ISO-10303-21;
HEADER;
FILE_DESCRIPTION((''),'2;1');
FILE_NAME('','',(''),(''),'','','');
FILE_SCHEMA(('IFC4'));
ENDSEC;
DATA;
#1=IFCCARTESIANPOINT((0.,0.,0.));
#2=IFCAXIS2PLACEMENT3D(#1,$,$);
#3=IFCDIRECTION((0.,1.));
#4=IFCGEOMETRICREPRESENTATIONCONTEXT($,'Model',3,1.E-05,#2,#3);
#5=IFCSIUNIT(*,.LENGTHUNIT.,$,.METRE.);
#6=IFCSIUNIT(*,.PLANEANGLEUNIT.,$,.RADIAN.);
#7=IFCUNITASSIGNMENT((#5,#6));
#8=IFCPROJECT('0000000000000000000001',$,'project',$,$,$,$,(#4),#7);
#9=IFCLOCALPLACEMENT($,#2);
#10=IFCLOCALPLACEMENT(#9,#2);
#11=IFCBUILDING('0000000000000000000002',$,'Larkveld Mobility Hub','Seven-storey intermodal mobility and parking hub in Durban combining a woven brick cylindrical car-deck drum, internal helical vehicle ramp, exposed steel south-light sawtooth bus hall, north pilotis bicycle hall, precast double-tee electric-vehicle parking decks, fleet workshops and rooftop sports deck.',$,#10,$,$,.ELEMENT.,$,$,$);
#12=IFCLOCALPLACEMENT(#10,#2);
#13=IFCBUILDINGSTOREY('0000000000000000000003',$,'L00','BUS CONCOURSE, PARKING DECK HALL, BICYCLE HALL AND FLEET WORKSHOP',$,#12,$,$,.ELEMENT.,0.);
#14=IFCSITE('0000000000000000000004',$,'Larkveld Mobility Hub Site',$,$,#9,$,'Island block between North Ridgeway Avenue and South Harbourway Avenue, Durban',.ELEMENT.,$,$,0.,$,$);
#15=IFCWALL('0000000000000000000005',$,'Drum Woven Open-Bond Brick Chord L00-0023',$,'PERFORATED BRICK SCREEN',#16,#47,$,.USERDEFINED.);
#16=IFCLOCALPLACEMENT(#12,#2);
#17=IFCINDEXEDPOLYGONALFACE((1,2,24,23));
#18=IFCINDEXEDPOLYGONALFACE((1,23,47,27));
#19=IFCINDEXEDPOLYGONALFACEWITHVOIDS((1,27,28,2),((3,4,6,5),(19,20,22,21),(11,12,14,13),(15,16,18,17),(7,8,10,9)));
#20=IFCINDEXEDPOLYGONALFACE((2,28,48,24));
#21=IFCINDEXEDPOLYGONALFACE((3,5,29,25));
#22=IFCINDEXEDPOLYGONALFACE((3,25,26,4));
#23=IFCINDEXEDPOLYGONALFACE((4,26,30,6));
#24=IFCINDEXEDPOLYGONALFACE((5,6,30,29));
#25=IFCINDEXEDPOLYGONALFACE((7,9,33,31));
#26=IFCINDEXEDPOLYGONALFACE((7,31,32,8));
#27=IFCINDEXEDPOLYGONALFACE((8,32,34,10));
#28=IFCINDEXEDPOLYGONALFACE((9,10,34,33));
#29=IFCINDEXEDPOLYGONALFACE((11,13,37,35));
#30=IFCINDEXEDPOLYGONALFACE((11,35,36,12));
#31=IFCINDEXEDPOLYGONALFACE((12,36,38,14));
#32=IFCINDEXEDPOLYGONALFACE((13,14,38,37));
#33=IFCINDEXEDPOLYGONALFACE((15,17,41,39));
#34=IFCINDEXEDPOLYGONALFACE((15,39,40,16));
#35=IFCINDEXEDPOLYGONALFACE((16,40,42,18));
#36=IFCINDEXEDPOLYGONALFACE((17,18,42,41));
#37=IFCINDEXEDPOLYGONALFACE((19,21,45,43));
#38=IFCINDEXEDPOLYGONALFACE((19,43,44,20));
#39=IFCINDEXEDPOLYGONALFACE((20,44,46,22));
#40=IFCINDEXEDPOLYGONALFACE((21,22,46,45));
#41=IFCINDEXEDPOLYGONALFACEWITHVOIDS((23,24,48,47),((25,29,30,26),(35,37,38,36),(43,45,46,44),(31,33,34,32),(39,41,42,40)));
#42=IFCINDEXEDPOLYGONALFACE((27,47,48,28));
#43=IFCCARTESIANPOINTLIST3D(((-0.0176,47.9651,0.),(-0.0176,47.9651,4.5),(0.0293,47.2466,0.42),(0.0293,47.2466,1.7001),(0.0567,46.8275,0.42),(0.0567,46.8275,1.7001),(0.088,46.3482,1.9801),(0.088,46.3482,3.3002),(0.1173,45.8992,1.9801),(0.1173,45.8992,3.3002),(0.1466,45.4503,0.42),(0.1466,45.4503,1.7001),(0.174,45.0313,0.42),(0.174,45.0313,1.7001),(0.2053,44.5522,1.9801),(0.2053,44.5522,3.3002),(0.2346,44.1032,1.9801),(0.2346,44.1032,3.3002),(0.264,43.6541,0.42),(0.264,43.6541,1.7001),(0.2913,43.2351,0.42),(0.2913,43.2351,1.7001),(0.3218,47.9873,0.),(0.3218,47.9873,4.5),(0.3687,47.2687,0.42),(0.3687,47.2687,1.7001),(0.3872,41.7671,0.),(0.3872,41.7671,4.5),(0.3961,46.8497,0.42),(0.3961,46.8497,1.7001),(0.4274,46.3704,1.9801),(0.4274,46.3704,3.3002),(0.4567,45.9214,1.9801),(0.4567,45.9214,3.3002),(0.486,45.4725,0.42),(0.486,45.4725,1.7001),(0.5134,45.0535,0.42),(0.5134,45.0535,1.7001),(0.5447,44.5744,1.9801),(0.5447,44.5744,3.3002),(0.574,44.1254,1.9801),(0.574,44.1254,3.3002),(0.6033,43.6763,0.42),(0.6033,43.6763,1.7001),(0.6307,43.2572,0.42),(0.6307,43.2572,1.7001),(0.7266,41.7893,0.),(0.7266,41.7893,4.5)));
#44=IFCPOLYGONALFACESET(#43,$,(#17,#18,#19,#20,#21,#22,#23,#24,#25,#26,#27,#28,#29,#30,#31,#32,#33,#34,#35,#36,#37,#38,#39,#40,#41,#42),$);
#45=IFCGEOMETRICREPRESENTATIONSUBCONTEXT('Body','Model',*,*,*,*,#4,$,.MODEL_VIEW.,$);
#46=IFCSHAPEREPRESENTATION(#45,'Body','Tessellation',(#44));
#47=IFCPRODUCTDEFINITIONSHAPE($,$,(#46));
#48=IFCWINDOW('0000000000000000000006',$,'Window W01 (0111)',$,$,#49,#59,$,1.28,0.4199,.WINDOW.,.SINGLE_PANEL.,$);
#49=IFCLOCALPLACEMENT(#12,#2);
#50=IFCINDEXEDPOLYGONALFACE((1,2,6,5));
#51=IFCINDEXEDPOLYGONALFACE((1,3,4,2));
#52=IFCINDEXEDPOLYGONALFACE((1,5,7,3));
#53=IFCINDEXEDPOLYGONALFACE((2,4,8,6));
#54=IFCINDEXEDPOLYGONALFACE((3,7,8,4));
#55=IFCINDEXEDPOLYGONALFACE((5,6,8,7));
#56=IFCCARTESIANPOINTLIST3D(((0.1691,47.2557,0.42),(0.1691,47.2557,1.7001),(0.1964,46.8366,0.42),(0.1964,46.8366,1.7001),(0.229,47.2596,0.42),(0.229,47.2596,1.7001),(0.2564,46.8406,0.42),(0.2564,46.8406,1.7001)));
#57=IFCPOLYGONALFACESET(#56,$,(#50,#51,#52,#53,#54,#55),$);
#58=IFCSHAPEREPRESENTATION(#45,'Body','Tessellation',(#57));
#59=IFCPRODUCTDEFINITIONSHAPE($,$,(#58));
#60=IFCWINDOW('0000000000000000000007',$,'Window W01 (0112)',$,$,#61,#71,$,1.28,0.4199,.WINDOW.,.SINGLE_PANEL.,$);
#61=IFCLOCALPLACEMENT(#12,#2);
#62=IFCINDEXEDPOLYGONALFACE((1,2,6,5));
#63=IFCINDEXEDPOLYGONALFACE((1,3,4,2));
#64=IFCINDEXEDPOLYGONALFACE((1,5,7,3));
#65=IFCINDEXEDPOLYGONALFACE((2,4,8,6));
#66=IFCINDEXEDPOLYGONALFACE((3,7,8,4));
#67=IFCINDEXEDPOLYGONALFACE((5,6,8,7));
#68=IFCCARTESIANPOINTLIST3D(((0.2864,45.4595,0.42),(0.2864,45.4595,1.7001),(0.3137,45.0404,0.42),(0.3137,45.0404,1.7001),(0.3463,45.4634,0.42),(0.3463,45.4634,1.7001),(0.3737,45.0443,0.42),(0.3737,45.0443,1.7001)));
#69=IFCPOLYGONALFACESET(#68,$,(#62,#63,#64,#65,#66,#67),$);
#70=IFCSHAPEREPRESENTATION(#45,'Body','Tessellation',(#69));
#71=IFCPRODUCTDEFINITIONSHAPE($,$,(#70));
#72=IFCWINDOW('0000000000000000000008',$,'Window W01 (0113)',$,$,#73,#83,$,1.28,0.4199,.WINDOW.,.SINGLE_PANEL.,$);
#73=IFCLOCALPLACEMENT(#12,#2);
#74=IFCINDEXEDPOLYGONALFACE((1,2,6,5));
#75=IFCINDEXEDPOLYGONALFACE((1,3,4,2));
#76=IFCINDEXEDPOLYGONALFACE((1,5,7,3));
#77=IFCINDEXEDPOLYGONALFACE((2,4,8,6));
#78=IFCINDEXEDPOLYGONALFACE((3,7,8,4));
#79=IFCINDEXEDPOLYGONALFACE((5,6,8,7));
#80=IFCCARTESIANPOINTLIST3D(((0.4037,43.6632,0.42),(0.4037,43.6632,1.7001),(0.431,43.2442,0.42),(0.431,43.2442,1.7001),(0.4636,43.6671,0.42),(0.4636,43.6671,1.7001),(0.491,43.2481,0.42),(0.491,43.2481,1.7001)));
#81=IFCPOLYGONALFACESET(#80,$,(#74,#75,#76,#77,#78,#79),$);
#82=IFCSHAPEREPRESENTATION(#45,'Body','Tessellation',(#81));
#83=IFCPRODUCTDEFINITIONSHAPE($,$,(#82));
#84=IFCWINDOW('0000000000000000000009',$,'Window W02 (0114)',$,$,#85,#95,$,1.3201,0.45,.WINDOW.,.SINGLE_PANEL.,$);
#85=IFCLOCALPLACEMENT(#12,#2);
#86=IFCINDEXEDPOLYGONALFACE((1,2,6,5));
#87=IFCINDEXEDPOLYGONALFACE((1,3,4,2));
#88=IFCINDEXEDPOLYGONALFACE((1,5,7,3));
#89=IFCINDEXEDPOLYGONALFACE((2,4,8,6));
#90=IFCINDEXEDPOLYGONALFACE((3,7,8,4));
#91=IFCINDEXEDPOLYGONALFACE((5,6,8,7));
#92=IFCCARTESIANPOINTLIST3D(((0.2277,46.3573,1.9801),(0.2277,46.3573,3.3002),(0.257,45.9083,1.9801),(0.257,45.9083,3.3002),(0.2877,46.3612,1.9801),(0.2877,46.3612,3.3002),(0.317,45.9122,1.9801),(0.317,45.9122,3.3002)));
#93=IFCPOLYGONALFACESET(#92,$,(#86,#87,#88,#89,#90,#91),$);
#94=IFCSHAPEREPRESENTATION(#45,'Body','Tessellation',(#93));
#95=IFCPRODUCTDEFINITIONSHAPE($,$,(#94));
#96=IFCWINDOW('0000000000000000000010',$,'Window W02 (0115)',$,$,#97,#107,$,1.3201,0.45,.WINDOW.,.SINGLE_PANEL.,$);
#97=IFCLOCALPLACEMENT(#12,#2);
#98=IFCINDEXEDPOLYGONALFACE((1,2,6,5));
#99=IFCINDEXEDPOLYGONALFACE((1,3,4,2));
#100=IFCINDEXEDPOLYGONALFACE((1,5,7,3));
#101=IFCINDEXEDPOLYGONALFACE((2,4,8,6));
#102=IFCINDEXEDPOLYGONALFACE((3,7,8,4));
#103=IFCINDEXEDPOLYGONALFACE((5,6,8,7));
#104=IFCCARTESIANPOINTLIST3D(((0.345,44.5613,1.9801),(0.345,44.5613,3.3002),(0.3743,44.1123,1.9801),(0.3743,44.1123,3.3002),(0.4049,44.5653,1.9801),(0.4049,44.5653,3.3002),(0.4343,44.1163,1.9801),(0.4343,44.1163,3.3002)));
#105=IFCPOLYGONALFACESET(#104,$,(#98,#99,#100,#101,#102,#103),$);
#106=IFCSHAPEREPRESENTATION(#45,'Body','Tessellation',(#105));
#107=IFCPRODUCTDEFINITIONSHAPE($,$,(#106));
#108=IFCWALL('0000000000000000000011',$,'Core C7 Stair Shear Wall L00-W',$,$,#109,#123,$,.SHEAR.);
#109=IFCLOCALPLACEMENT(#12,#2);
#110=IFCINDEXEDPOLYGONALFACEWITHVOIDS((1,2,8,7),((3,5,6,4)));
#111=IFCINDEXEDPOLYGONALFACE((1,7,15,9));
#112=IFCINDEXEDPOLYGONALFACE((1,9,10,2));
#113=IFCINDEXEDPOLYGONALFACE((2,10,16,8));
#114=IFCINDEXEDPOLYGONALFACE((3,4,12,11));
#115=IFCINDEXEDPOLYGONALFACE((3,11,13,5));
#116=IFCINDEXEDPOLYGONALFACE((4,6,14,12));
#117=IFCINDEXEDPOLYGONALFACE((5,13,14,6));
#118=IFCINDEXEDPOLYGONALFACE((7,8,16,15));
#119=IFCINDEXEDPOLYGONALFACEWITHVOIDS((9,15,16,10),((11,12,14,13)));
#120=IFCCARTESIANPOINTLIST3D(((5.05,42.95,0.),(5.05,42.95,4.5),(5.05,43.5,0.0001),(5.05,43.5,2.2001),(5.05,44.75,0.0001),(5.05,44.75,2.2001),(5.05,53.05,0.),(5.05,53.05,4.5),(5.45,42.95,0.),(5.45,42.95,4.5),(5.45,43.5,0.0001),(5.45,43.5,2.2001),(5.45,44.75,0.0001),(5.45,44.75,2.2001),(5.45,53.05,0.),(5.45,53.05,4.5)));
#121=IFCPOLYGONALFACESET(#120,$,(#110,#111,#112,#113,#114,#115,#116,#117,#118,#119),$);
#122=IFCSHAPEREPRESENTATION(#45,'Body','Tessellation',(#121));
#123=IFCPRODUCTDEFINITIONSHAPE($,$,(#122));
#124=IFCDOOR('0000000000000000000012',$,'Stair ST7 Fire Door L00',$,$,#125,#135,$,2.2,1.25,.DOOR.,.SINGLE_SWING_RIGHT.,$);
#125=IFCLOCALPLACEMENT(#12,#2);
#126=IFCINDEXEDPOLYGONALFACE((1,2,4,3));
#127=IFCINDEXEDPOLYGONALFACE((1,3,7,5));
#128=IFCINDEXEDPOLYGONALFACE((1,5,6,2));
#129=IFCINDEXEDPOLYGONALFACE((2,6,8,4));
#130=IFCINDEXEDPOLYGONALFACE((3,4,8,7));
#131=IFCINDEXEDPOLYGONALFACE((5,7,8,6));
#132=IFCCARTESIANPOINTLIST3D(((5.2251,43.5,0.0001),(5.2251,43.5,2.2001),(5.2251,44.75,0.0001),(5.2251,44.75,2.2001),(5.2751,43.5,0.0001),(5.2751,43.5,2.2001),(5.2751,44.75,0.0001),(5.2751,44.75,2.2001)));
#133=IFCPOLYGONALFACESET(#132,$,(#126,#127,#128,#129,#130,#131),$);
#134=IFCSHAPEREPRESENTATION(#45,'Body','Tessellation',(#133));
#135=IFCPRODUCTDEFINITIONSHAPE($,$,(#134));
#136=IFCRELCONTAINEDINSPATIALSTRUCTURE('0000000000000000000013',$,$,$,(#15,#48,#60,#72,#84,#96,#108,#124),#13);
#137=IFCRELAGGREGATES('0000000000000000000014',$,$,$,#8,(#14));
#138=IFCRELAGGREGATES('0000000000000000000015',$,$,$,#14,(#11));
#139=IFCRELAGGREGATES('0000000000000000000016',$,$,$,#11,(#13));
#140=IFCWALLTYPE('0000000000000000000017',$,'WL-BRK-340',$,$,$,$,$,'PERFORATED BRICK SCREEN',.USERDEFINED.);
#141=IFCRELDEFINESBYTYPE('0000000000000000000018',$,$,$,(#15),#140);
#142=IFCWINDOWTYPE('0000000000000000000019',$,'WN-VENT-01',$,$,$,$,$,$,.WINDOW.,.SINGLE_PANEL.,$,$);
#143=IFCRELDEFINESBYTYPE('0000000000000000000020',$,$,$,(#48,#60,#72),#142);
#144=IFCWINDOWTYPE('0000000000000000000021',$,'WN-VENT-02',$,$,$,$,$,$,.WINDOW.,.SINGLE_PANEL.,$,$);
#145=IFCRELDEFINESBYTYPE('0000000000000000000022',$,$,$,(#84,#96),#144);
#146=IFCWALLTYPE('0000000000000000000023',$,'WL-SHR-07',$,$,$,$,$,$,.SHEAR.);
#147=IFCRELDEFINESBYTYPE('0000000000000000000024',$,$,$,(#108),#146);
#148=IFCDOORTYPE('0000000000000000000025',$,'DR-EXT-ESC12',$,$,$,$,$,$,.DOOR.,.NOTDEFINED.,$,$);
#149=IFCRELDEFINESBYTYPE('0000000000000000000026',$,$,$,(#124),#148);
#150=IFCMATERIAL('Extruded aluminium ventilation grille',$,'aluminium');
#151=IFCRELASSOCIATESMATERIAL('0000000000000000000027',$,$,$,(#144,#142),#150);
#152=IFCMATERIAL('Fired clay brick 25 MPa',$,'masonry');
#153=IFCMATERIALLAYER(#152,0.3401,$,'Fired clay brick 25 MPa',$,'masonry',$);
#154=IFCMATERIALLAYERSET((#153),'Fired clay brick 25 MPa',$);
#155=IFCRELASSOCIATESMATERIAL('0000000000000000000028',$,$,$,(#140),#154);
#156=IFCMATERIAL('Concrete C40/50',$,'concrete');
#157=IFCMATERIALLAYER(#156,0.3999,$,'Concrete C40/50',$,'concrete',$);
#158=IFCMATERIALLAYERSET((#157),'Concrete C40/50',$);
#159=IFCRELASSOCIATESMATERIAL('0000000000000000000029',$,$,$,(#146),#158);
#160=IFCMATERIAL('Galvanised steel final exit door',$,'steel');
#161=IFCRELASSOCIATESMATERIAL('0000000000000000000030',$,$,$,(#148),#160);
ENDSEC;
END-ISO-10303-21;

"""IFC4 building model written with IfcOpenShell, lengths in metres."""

from ifc_helpers import new_model, si_unit, direction, frame, frame_2d, origin, place, context, subcontext, project, spatial, rectangle, extrude, material, layer, layer_set, type_object, element, fill, save


model = new_model("IFC4")

# Units and contexts
model_context = context("Model", 3, precision=1e-05, world=origin(), true_north=direction((0.0, 1.0)))
body_context = subcontext(model_context, "Body", "Model", "MODEL_VIEW")
ifc_project = project(units=[si_unit("LENGTHUNIT", "METRE"), si_unit("PLANEANGLEUNIT", "RADIAN")], contexts=[model_context])

# Site, building, storey
site_placement = place(None, origin())
site = spatial("IfcSite", under=ifc_project, at=site_placement, Name="Larkveld Mobility Hub Site", LongName="Island block between North Ridgeway Avenue and South Harbourway Avenue, Durban", CompositionType="ELEMENT", RefElevation=0.0)
building_placement = place(site_placement, origin())
building = spatial("IfcBuilding", under=site, at=building_placement, Name="Larkveld Mobility Hub", Description="Seven-storey intermodal mobility and parking hub in Durban combining a woven brick cylindrical car-deck drum, internal helical vehicle ramp, exposed steel south-light sawtooth bus hall, north pilotis bicycle hall, precast double-tee electric-vehicle parking decks, fleet workshops and rooftop sports deck.", CompositionType="ELEMENT")
storey_placement = place(building_placement, origin())
storey = spatial("IfcBuildingStorey", under=building, at=storey_placement, Name="L00", Description="BUS CONCOURSE, PARKING DECK HALL, BICYCLE HALL AND FLEET WORKSHOP", CompositionType="ELEMENT", Elevation=0.0)

# Wall, openings, windows
ifc_material_1 = material(Name="Fired clay brick 25 MPa", Category="masonry")
ifc_material_2 = material(Name="Extruded aluminium ventilation grille", Category="aluminium")
window_type_1 = type_object("IfcWindowType", Name="WN-VENT-02", PartitioningType="SINGLE_PANEL", PredefinedType="WINDOW", material=ifc_material_2)
ifc_layer_1 = layer(ifc_material_1, 0.3401, Name="Fired clay brick 25 MPa", Category="masonry")
ifc_layer_set_1 = layer_set([ifc_layer_1], Name="Fired clay brick 25 MPa")
wall_type_1 = type_object("IfcWallType", Name="WL-BRK-340", ElementType="PERFORATED BRICK SCREEN", PredefinedType="USERDEFINED", material=ifc_layer_set_1)
wall_1_placement = place(storey_placement, frame((0.1521, 47.9761, 0.0), z_axis=(0.0, 0.0, 1.0), x_axis=(0.06517, -0.997874, 0.0)))
wall_1 = element("IfcWall", 1, at=wall_1_placement, inside=storey, type_object=wall_type_1, Name="Drum Woven Open-Bond Brick Chord L00-0023", ObjectType="PERFORATED BRICK SCREEN", PredefinedType="USERDEFINED", context=body_context, shape_type="SweptSolid", body=[
    extrude(rectangle(XDim=6.2112, YDim=0.3401, at=frame_2d((3.1055, 0.0))), origin(), (0.0, 0.0, 1.0), 4.5),
])
opening_1_placement = place(wall_1_placement, frame((0.72, 0.0, 0.4199)))
opening_1 = element("IfcOpeningElement", 2, at=opening_1_placement, cuts=wall_1, PredefinedType="OPENING", context=body_context, shape_type="SweptSolid", body=[
    extrude(rectangle(XDim=0.4199, YDim=1.28, at=frame_2d((0.21, 0.6401))), frame((0.0, 0.1802, 0.0), z_axis=(0.0, -1.0, 0.0), x_axis=(1.0, 0.0, 0.0)), (0.0, 0.0, 1.0), 0.3601),
])
opening_2_placement = place(wall_1_placement, frame((2.52, 0.0, 0.4199)))
opening_2 = element("IfcOpeningElement", 3, at=opening_2_placement, cuts=wall_1, PredefinedType="OPENING", context=body_context, shape_type="SweptSolid", body=[
    extrude(rectangle(XDim=0.4199, YDim=1.28, at=frame_2d((0.21, 0.6401))), frame((0.0, 0.1802, 0.0), z_axis=(0.0, -1.0, 0.0), x_axis=(1.0, 0.0, 0.0)), (0.0, 0.0, 1.0), 0.3601),
])
opening_3_placement = place(wall_1_placement, frame((4.3201, 0.0, 0.4199)))
opening_3 = element("IfcOpeningElement", 4, at=opening_3_placement, cuts=wall_1, PredefinedType="OPENING", context=body_context, shape_type="SweptSolid", body=[
    extrude(rectangle(XDim=0.4199, YDim=1.28, at=frame_2d((0.21, 0.6401))), frame((0.0, 0.1802, 0.0), z_axis=(0.0, -1.0, 0.0), x_axis=(1.0, 0.0, 0.0)), (0.0, 0.0, 1.0), 0.3601),
])
opening_4_placement = place(wall_1_placement, frame((1.6201, 0.0, 1.98)))
opening_4 = element("IfcOpeningElement", 5, at=opening_4_placement, cuts=wall_1, PredefinedType="OPENING", context=body_context, shape_type="SweptSolid", body=[
    extrude(rectangle(XDim=0.45, YDim=1.3201, at=frame_2d((0.2251, 0.6602))), frame((0.0, 0.1802, 0.0), z_axis=(0.0, -1.0, 0.0), x_axis=(1.0, 0.0, 0.0)), (0.0, 0.0, 1.0), 0.3601),
])
opening_5_placement = place(wall_1_placement, frame((3.4199, 0.0, 1.98)))
opening_5 = element("IfcOpeningElement", 6, at=opening_5_placement, cuts=wall_1, PredefinedType="OPENING", context=body_context, shape_type="SweptSolid", body=[
    extrude(rectangle(XDim=0.45, YDim=1.3201, at=frame_2d((0.2251, 0.6602))), frame((0.0, 0.1802, 0.0), z_axis=(0.0, -1.0, 0.0), x_axis=(1.0, 0.0, 0.0)), (0.0, 0.0, 1.0), 0.3601),
])
window_type_2 = type_object("IfcWindowType", Name="WN-VENT-01", PartitioningType="SINGLE_PANEL", PredefinedType="WINDOW", material=ifc_material_2)
window_1_placement = place(opening_1_placement, origin())
window_1 = element("IfcWindow", 7, at=window_1_placement, inside=storey, type_object=window_type_2, Name="Window W01 (0111)", OverallHeight=1.28, OverallWidth=0.4199, PartitioningType="SINGLE_PANEL", PredefinedType="WINDOW", context=body_context, shape_type="SweptSolid", body=[
    extrude(rectangle(XDim=0.4199, YDim=1.28, at=frame_2d((0.21, 0.6401))), frame((0.0, 0.03, 0.0), z_axis=(0.0, -1.0, 0.0), x_axis=(1.0, 0.0, 0.0)), (0.0, 0.0, 1.0), 0.0601),
])
fill(opening_1, window_1)
window_2_placement = place(opening_2_placement, origin())
window_2 = element("IfcWindow", 8, at=window_2_placement, inside=storey, type_object=window_type_2, Name="Window W01 (0112)", OverallHeight=1.28, OverallWidth=0.4199, PartitioningType="SINGLE_PANEL", PredefinedType="WINDOW", context=body_context, shape_type="SweptSolid", body=[
    extrude(rectangle(XDim=0.4199, YDim=1.28, at=frame_2d((0.21, 0.6401))), frame((0.0, 0.03, 0.0), z_axis=(0.0, -1.0, 0.0), x_axis=(1.0, 0.0, 0.0)), (0.0, 0.0, 1.0), 0.0601),
])
fill(opening_2, window_2)
window_3_placement = place(opening_3_placement, origin())
window_3 = element("IfcWindow", 9, at=window_3_placement, inside=storey, type_object=window_type_2, Name="Window W01 (0113)", OverallHeight=1.28, OverallWidth=0.4199, PartitioningType="SINGLE_PANEL", PredefinedType="WINDOW", context=body_context, shape_type="SweptSolid", body=[
    extrude(rectangle(XDim=0.4199, YDim=1.28, at=frame_2d((0.21, 0.6401))), frame((0.0, 0.03, 0.0), z_axis=(0.0, -1.0, 0.0), x_axis=(1.0, 0.0, 0.0)), (0.0, 0.0, 1.0), 0.0601),
])
fill(opening_3, window_3)
window_4_placement = place(opening_4_placement, origin())
window_4 = element("IfcWindow", 10, at=window_4_placement, inside=storey, type_object=window_type_1, Name="Window W02 (0114)", OverallHeight=1.3201, OverallWidth=0.45, PartitioningType="SINGLE_PANEL", PredefinedType="WINDOW", context=body_context, shape_type="SweptSolid", body=[
    extrude(rectangle(XDim=0.45, YDim=1.3201, at=frame_2d((0.2251, 0.6602))), frame((0.0, 0.03, 0.0), z_axis=(0.0, -1.0, 0.0), x_axis=(1.0, 0.0, 0.0)), (0.0, 0.0, 1.0), 0.0601),
])
fill(opening_4, window_4)
window_5_placement = place(opening_5_placement, origin())
window_5 = element("IfcWindow", 11, at=window_5_placement, inside=storey, type_object=window_type_1, Name="Window W02 (0115)", OverallHeight=1.3201, OverallWidth=0.45, PartitioningType="SINGLE_PANEL", PredefinedType="WINDOW", context=body_context, shape_type="SweptSolid", body=[
    extrude(rectangle(XDim=0.45, YDim=1.3201, at=frame_2d((0.2251, 0.6602))), frame((0.0, 0.03, 0.0), z_axis=(0.0, -1.0, 0.0), x_axis=(1.0, 0.0, 0.0)), (0.0, 0.0, 1.0), 0.0601),
])
fill(opening_5, window_5)

# Wall, opening, door
ifc_material_3 = material(Name="Concrete C40/50", Category="concrete")
ifc_layer_2 = layer(ifc_material_3, 0.3999, Name="Concrete C40/50", Category="concrete")
ifc_layer_set_2 = layer_set([ifc_layer_2], Name="Concrete C40/50")
wall_type_2 = type_object("IfcWallType", Name="WL-SHR-07", PredefinedType="SHEAR", material=ifc_layer_set_2)
wall_2_placement = place(storey_placement, frame((5.25, 42.95, 0.0), z_axis=(0.0, 0.0, 1.0), x_axis=(0.0, 1.0, 0.0)))
wall_2 = element("IfcWall", 12, at=wall_2_placement, inside=storey, type_object=wall_type_2, Name="Core C7 Stair Shear Wall L00-W", PredefinedType="SHEAR", context=body_context, shape_type="SweptSolid", body=[
    extrude(rectangle(XDim=10.1001, YDim=0.3999, at=frame_2d((5.05, 0.0))), origin(), (0.0, 0.0, 1.0), 4.5),
])
opening_6_placement = place(wall_2_placement, frame((0.55, 0.0, 0.0)))
opening_6 = element("IfcOpeningElement", 13, at=opening_6_placement, cuts=wall_2, PredefinedType="OPENING", context=body_context, shape_type="SweptSolid", body=[
    extrude(rectangle(XDim=1.25, YDim=2.2, at=frame_2d((0.625, 1.1001))), frame((0.0, 0.21, 0.0), z_axis=(0.0, -1.0, 0.0), x_axis=(1.0, 0.0, 0.0)), (0.0, 0.0, 1.0), 0.4199),
])
ifc_material_4 = material(Name="Galvanised steel final exit door", Category="steel")
door_type = type_object("IfcDoorType", Name="DR-EXT-ESC12", OperationType="NOTDEFINED", PredefinedType="DOOR", material=ifc_material_4)
door_placement = place(opening_6_placement, origin())
door = element("IfcDoor", 14, at=door_placement, inside=storey, type_object=door_type, Name="Stair ST7 Fire Door L00", OperationType="SINGLE_SWING_RIGHT", OverallHeight=2.2, OverallWidth=1.25, PredefinedType="DOOR", context=body_context, shape_type="SweptSolid", body=[
    extrude(rectangle(XDim=1.25, YDim=2.2, at=frame_2d((0.625, 1.1001))), frame((0.0, 0.0249, 0.0), z_axis=(0.0, -1.0, 0.0), x_axis=(1.0, 0.0, 0.0)), (0.0, 0.0, 1.0), 0.05),
])
fill(opening_6, door)

save(model, "model.ifc")
